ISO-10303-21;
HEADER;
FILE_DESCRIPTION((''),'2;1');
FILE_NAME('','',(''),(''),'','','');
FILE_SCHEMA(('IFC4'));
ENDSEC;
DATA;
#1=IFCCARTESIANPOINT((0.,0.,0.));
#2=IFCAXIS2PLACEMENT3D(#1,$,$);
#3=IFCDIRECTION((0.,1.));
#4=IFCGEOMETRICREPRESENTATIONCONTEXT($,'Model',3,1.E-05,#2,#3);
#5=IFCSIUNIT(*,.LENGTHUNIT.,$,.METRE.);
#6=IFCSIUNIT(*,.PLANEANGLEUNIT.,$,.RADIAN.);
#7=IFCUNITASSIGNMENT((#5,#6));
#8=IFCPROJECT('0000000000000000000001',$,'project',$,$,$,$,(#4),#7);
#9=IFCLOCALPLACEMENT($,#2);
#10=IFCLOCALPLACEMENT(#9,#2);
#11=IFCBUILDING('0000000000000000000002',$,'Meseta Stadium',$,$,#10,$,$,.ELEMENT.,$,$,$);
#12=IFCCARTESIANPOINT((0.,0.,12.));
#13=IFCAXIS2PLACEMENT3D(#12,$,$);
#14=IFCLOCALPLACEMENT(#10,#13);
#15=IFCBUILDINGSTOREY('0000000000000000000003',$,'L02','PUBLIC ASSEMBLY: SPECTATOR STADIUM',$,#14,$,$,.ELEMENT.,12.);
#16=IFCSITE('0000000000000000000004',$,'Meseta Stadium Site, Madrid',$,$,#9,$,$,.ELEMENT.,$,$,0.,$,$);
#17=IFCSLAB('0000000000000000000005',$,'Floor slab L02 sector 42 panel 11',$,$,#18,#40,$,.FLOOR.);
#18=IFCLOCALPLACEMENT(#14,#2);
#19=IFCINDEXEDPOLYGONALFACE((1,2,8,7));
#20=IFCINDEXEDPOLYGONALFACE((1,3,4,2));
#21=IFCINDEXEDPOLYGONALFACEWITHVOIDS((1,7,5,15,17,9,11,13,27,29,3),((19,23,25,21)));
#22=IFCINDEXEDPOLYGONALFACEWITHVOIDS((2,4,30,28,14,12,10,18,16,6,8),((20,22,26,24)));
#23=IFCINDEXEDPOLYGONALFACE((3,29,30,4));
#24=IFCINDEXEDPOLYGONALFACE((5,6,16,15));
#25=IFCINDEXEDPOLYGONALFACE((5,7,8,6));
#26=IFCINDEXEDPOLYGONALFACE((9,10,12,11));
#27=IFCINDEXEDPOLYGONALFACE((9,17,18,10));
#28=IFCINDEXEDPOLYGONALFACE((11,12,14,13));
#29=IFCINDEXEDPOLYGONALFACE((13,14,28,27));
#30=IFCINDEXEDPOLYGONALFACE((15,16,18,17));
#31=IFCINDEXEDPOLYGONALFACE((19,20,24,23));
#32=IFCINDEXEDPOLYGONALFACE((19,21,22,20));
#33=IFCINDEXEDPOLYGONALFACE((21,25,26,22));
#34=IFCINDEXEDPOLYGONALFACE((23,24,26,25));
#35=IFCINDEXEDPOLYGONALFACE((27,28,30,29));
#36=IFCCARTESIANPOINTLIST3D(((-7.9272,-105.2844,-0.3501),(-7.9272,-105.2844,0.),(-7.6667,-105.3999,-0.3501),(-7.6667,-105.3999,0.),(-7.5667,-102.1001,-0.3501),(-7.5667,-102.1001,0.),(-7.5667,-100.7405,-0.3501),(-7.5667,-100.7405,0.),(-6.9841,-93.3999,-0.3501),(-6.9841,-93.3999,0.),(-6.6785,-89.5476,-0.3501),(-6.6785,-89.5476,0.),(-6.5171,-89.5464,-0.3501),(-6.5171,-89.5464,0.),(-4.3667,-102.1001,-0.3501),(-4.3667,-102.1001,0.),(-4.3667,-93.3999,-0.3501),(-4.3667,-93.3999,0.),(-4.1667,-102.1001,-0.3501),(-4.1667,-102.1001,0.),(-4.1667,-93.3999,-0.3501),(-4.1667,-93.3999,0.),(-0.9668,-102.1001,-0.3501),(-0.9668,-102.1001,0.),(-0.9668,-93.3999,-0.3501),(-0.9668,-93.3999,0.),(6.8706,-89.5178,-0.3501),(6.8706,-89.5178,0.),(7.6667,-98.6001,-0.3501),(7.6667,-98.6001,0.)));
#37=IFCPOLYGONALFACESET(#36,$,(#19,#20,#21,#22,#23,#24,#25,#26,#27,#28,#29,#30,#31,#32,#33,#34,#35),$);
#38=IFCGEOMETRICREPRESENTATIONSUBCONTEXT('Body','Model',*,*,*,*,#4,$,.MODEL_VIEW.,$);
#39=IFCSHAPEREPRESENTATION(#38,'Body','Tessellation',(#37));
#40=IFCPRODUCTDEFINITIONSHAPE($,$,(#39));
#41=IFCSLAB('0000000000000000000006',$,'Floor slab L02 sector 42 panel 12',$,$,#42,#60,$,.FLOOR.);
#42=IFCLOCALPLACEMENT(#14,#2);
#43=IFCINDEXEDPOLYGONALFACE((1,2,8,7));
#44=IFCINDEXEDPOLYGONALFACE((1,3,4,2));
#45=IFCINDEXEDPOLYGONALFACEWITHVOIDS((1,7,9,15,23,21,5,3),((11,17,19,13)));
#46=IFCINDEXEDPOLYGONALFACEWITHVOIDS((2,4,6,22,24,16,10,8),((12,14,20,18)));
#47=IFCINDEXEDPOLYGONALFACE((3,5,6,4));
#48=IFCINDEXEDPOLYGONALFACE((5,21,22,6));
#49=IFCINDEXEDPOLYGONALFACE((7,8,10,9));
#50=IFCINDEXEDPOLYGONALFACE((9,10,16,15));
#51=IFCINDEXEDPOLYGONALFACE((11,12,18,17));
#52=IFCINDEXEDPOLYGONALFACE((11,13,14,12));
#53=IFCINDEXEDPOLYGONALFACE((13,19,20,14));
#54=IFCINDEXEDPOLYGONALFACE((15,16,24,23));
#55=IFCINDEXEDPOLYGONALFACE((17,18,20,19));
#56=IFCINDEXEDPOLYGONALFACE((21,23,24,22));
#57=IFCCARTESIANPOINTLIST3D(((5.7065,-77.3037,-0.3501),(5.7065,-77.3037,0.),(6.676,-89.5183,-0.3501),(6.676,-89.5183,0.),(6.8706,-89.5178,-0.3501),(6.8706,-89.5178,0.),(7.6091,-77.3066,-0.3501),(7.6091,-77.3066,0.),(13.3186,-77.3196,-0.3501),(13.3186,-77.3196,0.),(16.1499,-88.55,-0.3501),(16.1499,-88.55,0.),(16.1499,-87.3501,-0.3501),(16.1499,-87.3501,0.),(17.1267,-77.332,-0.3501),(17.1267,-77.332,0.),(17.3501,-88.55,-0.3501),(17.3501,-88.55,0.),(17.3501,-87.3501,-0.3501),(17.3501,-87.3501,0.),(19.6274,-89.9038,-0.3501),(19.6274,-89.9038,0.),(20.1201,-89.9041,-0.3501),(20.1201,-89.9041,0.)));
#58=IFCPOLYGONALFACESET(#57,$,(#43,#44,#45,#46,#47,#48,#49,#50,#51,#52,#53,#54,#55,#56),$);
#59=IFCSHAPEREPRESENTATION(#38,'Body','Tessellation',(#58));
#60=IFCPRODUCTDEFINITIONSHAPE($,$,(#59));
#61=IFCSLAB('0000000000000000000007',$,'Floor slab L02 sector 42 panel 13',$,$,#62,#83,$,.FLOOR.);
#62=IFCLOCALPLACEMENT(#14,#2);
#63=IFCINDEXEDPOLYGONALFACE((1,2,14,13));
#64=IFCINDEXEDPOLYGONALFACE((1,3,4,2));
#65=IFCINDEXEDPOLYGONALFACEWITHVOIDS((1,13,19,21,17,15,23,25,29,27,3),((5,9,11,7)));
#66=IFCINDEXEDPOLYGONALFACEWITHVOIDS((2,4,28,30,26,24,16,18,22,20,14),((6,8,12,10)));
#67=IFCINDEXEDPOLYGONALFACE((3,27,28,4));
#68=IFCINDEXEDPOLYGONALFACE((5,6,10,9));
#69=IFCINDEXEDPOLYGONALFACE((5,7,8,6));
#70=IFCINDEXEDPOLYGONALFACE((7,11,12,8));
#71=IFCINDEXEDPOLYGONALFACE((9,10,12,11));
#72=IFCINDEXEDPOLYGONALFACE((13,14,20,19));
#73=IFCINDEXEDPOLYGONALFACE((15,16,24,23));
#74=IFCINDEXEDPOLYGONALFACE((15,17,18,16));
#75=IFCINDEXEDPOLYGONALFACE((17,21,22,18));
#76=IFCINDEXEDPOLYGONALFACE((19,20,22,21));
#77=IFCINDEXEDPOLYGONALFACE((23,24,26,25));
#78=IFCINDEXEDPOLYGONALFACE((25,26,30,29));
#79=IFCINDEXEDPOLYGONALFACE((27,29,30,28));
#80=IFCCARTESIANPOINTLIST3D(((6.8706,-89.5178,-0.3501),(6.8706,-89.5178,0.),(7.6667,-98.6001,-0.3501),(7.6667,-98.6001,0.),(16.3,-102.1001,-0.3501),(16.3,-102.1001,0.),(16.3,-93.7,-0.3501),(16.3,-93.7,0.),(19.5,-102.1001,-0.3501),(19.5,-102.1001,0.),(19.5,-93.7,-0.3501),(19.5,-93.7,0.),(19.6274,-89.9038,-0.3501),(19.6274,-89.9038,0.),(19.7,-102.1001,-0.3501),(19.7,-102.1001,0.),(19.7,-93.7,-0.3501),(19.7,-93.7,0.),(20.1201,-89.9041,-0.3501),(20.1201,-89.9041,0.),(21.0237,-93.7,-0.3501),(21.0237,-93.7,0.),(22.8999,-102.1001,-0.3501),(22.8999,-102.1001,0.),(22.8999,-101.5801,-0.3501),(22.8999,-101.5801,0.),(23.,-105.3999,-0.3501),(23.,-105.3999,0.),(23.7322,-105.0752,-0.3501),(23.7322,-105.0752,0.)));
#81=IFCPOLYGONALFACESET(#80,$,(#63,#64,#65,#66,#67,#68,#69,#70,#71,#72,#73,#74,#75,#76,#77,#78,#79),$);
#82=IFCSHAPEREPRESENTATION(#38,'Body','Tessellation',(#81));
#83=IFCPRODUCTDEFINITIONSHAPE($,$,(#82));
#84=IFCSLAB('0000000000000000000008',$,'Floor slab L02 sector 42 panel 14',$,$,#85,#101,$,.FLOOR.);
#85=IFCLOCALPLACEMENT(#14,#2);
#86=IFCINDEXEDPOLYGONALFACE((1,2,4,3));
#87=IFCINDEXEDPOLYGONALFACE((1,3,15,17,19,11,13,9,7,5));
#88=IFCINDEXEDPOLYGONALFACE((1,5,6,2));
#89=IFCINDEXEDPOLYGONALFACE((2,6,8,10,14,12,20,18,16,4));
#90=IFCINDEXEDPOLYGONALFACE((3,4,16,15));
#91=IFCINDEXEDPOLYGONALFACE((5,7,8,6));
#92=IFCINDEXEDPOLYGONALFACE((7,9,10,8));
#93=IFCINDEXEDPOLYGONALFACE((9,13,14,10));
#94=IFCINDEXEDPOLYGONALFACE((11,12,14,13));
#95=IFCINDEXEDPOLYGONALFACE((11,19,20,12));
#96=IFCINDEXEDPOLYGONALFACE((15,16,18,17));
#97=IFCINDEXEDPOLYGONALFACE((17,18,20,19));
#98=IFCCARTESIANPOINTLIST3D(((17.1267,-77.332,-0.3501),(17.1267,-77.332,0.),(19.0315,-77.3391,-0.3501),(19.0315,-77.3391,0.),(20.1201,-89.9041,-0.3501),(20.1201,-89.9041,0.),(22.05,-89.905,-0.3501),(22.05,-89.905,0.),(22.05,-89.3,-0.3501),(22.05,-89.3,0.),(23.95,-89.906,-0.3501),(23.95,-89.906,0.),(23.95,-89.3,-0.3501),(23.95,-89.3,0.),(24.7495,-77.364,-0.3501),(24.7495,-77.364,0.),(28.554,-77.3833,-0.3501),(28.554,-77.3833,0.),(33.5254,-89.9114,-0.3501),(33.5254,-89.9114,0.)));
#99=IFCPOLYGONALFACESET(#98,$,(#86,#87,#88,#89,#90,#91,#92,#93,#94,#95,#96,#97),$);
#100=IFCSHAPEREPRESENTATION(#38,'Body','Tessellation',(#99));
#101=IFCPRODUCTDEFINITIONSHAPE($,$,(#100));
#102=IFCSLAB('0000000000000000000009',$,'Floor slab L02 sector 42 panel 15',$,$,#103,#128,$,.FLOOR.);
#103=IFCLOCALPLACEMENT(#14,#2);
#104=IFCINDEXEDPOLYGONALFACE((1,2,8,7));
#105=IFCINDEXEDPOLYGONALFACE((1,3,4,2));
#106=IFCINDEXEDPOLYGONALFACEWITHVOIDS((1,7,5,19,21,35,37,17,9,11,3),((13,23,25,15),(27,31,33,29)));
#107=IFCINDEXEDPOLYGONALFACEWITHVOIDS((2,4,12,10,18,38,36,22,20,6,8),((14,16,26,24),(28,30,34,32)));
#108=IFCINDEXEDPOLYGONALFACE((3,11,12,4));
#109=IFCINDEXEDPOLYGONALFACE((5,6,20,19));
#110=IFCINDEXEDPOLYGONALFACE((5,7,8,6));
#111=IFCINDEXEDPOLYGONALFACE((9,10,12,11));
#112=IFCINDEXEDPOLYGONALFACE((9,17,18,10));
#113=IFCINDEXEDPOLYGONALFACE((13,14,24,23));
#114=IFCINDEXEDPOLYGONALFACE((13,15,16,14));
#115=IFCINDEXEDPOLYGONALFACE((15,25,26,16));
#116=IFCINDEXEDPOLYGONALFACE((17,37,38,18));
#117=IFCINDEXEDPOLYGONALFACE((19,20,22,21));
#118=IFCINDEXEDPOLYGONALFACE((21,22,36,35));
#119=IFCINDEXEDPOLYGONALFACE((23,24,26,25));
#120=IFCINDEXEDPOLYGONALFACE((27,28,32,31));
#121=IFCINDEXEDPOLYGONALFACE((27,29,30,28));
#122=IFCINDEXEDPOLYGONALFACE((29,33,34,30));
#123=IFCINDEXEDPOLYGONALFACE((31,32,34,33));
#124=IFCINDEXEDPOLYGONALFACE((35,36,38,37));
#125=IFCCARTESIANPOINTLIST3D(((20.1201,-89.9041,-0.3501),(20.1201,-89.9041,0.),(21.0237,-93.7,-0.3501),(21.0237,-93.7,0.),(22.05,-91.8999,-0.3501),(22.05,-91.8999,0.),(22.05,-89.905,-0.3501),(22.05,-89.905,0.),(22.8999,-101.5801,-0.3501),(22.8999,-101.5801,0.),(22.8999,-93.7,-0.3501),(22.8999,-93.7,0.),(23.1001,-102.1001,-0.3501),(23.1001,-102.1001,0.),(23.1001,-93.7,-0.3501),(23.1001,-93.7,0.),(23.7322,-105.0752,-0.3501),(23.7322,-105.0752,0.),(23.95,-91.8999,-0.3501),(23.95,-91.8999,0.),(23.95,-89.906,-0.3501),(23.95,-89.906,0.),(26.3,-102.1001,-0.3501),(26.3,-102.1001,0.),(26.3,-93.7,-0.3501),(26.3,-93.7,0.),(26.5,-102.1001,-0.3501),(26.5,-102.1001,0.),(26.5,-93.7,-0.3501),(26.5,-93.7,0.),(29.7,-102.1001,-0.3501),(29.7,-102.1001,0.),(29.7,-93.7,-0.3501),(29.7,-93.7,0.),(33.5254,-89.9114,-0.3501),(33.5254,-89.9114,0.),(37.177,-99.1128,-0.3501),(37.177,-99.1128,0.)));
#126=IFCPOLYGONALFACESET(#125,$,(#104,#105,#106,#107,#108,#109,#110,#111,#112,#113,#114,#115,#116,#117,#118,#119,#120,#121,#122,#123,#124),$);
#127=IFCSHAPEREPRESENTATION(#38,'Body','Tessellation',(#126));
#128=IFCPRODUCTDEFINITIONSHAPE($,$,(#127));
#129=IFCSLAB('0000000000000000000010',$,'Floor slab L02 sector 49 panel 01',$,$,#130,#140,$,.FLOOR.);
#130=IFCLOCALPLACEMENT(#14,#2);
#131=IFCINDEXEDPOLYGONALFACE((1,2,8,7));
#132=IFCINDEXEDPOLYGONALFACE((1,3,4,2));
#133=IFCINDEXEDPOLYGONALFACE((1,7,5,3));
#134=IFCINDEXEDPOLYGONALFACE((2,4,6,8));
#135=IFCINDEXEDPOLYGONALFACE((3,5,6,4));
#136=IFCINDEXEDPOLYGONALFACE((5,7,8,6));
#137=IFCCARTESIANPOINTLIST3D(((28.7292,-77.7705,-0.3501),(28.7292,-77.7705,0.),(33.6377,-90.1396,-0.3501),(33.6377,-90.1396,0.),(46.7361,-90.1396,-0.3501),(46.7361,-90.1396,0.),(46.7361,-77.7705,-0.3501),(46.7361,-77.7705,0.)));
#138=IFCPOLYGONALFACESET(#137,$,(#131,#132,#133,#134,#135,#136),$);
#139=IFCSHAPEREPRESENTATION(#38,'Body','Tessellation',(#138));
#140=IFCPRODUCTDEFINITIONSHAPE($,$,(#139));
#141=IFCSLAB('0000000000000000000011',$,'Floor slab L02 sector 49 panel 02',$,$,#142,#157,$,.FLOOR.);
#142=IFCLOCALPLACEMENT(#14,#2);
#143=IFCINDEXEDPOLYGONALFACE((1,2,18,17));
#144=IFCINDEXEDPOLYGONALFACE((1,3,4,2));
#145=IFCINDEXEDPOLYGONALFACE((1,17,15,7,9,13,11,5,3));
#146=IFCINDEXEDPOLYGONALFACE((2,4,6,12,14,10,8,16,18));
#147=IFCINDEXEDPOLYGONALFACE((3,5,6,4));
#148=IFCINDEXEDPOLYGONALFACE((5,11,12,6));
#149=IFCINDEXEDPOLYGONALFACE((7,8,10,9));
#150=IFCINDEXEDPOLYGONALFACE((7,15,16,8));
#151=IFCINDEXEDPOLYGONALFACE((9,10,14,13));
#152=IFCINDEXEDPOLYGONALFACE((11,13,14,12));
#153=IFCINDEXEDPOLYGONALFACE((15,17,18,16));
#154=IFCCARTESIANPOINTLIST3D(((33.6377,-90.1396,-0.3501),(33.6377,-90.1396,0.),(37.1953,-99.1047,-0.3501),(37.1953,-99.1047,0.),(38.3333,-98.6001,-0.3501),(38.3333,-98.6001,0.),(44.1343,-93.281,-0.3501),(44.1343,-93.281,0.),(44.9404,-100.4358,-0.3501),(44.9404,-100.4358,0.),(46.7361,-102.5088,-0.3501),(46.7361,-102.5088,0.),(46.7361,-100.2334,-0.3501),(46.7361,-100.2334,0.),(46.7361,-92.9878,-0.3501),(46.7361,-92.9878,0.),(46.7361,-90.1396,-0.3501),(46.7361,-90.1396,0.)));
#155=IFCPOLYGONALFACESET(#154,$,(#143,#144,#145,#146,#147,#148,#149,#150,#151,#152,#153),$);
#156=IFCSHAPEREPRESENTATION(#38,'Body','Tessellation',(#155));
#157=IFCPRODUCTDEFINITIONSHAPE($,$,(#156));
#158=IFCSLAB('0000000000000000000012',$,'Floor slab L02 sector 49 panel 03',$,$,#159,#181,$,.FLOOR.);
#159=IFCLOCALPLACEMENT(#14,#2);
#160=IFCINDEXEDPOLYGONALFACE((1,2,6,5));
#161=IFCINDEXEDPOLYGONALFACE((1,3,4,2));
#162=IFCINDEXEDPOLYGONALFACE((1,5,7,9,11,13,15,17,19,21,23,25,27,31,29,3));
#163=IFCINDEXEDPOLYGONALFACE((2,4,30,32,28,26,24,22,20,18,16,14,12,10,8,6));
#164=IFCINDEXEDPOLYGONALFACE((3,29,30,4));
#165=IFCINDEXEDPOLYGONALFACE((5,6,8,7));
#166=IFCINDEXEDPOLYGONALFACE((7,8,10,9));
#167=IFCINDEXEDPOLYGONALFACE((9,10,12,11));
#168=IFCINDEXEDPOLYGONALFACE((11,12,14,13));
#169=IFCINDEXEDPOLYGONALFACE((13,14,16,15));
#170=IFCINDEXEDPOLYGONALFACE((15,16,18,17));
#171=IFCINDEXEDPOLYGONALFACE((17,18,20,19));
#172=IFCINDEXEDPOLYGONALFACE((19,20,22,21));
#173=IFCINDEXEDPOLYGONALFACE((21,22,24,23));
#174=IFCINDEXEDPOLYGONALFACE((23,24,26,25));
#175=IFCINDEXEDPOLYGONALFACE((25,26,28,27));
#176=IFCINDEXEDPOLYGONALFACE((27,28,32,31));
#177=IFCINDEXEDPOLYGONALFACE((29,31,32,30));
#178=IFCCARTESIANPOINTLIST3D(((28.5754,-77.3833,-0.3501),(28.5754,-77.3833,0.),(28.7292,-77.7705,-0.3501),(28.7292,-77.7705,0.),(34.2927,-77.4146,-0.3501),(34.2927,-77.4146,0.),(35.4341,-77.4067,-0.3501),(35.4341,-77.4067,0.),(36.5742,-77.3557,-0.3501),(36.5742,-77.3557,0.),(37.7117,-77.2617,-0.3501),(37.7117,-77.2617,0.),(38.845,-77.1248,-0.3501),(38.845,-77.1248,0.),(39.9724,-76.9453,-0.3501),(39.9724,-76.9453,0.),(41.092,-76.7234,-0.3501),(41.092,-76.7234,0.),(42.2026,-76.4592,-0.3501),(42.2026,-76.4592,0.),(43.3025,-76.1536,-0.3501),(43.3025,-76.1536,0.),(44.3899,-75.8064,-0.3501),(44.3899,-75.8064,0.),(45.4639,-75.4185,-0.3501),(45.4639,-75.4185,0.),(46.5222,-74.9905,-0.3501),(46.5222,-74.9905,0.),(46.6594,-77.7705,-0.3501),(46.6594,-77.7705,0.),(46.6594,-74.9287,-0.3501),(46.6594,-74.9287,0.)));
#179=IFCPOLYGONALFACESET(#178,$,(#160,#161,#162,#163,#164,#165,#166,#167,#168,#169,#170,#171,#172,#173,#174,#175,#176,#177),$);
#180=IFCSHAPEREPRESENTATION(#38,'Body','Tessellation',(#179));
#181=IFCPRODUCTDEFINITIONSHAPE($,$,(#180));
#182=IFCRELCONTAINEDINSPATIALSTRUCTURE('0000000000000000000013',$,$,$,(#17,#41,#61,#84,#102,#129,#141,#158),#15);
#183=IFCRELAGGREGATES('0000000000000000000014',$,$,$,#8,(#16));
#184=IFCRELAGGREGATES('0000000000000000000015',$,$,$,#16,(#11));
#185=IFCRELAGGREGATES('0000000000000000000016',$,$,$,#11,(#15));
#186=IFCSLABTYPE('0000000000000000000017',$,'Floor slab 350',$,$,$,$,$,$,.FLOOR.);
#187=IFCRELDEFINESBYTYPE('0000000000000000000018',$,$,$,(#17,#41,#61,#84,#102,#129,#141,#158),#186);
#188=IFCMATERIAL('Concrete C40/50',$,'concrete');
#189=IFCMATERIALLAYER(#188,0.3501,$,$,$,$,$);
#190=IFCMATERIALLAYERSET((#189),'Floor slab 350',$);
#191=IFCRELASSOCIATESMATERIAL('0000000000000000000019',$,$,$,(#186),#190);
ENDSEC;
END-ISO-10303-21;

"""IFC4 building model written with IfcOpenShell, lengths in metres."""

from ifc_helpers import new_model, si_unit, direction, frame, origin, place, context, subcontext, project, spatial, polyline, outline, extrude, material, layer, layer_set, type_object, element, save


model = new_model("IFC4")

# Units and contexts
model_context = context("Model", 3, precision=1e-05, world=origin(), true_north=direction((0.0, 1.0)))
body_context = subcontext(model_context, "Body", "Model", "MODEL_VIEW")
ifc_project = project(units=[si_unit("LENGTHUNIT", "METRE"), si_unit("PLANEANGLEUNIT", "RADIAN")], contexts=[model_context])

# Site, building, storey
site_placement = place(None, origin())
site = spatial("IfcSite", under=ifc_project, at=site_placement, Name="Meseta Stadium Site, Madrid", CompositionType="ELEMENT", RefElevation=0.0)
building_placement = place(site_placement, origin())
building = spatial("IfcBuilding", under=site, at=building_placement, Name="Meseta Stadium", CompositionType="ELEMENT")
storey_placement = place(building_placement, frame((0.0, 0.0, 12.0)))
storey = spatial("IfcBuildingStorey", under=building, at=storey_placement, Name="L02", Description="PUBLIC ASSEMBLY: SPECTATOR STADIUM", CompositionType="ELEMENT", Elevation=12.0)

# Slabs
ifc_material_1 = material(Name="Concrete C40/50", Category="concrete")
ifc_layer_1 = layer(ifc_material_1, 0.3501)
ifc_layer_set_1 = layer_set([ifc_layer_1], Name="Floor slab 350")
slab_type_1 = type_object("IfcSlabType", Name="Floor slab 350", PredefinedType="FLOOR", material=ifc_layer_set_1)
slab_1_placement = place(storey_placement, frame((0.0, 0.0, -0.3501)))
element("IfcSlab", 1, at=slab_1_placement, inside=storey, type_object=slab_type_1, Name="Floor slab L02 sector 42 panel 11", PredefinedType="FLOOR", context=body_context, shape_type="SweptSolid", body=[
    extrude(outline(polyline([(-7.5667, -102.1001), (-7.5667, -100.7405), (-7.9272, -105.2844), (-7.6667, -105.3999), (7.6667, -98.6001), (6.8706, -89.5178), (-6.5171, -89.5464), (-6.6785, -89.5476), (-6.9841, -93.3999), (-4.3667, -93.3999), (-4.3667, -102.1001), (-7.5667, -102.1001)]), holes=[polyline([(-0.9668, -102.1001), (-4.1667, -102.1001), (-4.1667, -93.3999), (-0.9668, -93.3999), (-0.9668, -102.1001)])]), origin(), (0.0, 0.0, 1.0), 0.3501),
])
slab_2_placement = place(storey_placement, frame((0.0, 0.0, -0.3501)))
element("IfcSlab", 2, at=slab_2_placement, inside=storey, type_object=slab_type_1, Name="Floor slab L02 sector 42 panel 12", PredefinedType="FLOOR", context=body_context, shape_type="SweptSolid", body=[
    extrude(outline(polyline([(5.7065, -77.3037), (6.676, -89.5183), (6.8706, -89.5178), (19.6274, -89.9038), (20.1201, -89.9041), (17.1267, -77.332), (13.3186, -77.3196), (7.6091, -77.3066), (5.7065, -77.3037)]), holes=[polyline([(16.1499, -87.3501), (17.3501, -87.3501), (17.3501, -88.55), (16.1499, -88.55), (16.1499, -87.3501)])]), origin(), (0.0, 0.0, 1.0), 0.3501),
])
slab_3_placement = place(storey_placement, frame((0.0, 0.0, -0.3501)))
element("IfcSlab", 3, at=slab_3_placement, inside=storey, type_object=slab_type_1, Name="Floor slab L02 sector 42 panel 13", PredefinedType="FLOOR", context=body_context, shape_type="SweptSolid", body=[
    extrude(outline(polyline([(19.6274, -89.9038), (6.8706, -89.5178), (7.6667, -98.6001), (23.0, -105.3999), (23.7322, -105.0752), (22.8999, -101.5801), (22.8999, -102.1001), (19.7, -102.1001), (19.7, -93.7), (21.0237, -93.7), (20.1201, -89.9041), (19.6274, -89.9038)]), holes=[polyline([(16.3, -93.7), (19.5, -93.7), (19.5, -102.1001), (16.3, -102.1001), (16.3, -93.7)])]), origin(), (0.0, 0.0, 1.0), 0.3501),
])
slab_4_placement = place(storey_placement, frame((0.0, 0.0, -0.3501)))
element("IfcSlab", 4, at=slab_4_placement, inside=storey, type_object=slab_type_1, Name="Floor slab L02 sector 42 panel 14", PredefinedType="FLOOR", context=body_context, shape_type="SweptSolid", body=[
    extrude(outline(polyline([(19.0315, -77.3391), (17.1267, -77.332), (20.1201, -89.9041), (22.05, -89.905), (22.05, -89.3), (23.95, -89.3), (23.95, -89.906), (33.5254, -89.9114), (28.554, -77.3833), (24.7495, -77.364), (19.0315, -77.3391)])), origin(), (0.0, 0.0, 1.0), 0.3501),
])
slab_5_placement = place(storey_placement, frame((0.0, 0.0, -0.3501)))
element("IfcSlab", 5, at=slab_5_placement, inside=storey, type_object=slab_type_1, Name="Floor slab L02 sector 42 panel 15", PredefinedType="FLOOR", context=body_context, shape_type="SweptSolid", body=[
    extrude(outline(polyline([(22.8999, -101.5801), (23.7322, -105.0752), (37.177, -99.1128), (33.5254, -89.9114), (23.95, -89.906), (23.95, -91.8999), (22.05, -91.8999), (22.05, -89.905), (20.1201, -89.9041), (21.0237, -93.7), (22.8999, -93.7), (22.8999, -101.5801)]), holes=[polyline([(23.1001, -93.7), (26.3, -93.7), (26.3, -102.1001), (23.1001, -102.1001), (23.1001, -93.7)]), polyline([(26.5, -93.7), (29.7, -93.7), (29.7, -102.1001), (26.5, -102.1001), (26.5, -93.7)])]), origin(), (0.0, 0.0, 1.0), 0.3501),
])
slab_6_placement = place(storey_placement, frame((0.0, 0.0, -0.3501)))
element("IfcSlab", 6, at=slab_6_placement, inside=storey, type_object=slab_type_1, Name="Floor slab L02 sector 49 panel 01", PredefinedType="FLOOR", context=body_context, shape_type="SweptSolid", body=[
    extrude(outline(polyline([(46.7361, -77.7705), (28.7292, -77.7705), (33.6377, -90.1396), (46.7361, -90.1396), (46.7361, -77.7705)])), origin(), (0.0, 0.0, 1.0), 0.3501),
])
slab_7_placement = place(storey_placement, frame((0.0, 0.0, -0.3501)))
element("IfcSlab", 7, at=slab_7_placement, inside=storey, type_object=slab_type_1, Name="Floor slab L02 sector 49 panel 02", PredefinedType="FLOOR", context=body_context, shape_type="SweptSolid", body=[
    extrude(outline(polyline([(33.6377, -90.1396), (37.1953, -99.1047), (38.3333, -98.6001), (46.7361, -102.5088), (46.7361, -100.2334), (44.9404, -100.4358), (44.1343, -93.281), (46.7361, -92.9878), (46.7361, -90.1396), (33.6377, -90.1396)])), origin(), (0.0, 0.0, 1.0), 0.3501),
])
slab_8_placement = place(storey_placement, frame((0.0, 0.0, -0.3501)))
element("IfcSlab", 8, at=slab_8_placement, inside=storey, type_object=slab_type_1, Name="Floor slab L02 sector 49 panel 03", PredefinedType="FLOOR", context=body_context, shape_type="SweptSolid", body=[
    extrude(outline(polyline([(34.2927, -77.4146), (28.5754, -77.3833), (28.7292, -77.7705), (46.6594, -77.7705), (46.6594, -74.9287), (46.5222, -74.9905), (45.4639, -75.4185), (44.3899, -75.8064), (43.3025, -76.1536), (42.2026, -76.4592), (41.092, -76.7234), (39.9724, -76.9453), (38.845, -77.1248), (37.7117, -77.2617), (36.5742, -77.3557), (35.4341, -77.4067), (34.2927, -77.4146)])), origin(), (0.0, 0.0, 1.0), 0.3501),
])

save(model, "model.ifc")
